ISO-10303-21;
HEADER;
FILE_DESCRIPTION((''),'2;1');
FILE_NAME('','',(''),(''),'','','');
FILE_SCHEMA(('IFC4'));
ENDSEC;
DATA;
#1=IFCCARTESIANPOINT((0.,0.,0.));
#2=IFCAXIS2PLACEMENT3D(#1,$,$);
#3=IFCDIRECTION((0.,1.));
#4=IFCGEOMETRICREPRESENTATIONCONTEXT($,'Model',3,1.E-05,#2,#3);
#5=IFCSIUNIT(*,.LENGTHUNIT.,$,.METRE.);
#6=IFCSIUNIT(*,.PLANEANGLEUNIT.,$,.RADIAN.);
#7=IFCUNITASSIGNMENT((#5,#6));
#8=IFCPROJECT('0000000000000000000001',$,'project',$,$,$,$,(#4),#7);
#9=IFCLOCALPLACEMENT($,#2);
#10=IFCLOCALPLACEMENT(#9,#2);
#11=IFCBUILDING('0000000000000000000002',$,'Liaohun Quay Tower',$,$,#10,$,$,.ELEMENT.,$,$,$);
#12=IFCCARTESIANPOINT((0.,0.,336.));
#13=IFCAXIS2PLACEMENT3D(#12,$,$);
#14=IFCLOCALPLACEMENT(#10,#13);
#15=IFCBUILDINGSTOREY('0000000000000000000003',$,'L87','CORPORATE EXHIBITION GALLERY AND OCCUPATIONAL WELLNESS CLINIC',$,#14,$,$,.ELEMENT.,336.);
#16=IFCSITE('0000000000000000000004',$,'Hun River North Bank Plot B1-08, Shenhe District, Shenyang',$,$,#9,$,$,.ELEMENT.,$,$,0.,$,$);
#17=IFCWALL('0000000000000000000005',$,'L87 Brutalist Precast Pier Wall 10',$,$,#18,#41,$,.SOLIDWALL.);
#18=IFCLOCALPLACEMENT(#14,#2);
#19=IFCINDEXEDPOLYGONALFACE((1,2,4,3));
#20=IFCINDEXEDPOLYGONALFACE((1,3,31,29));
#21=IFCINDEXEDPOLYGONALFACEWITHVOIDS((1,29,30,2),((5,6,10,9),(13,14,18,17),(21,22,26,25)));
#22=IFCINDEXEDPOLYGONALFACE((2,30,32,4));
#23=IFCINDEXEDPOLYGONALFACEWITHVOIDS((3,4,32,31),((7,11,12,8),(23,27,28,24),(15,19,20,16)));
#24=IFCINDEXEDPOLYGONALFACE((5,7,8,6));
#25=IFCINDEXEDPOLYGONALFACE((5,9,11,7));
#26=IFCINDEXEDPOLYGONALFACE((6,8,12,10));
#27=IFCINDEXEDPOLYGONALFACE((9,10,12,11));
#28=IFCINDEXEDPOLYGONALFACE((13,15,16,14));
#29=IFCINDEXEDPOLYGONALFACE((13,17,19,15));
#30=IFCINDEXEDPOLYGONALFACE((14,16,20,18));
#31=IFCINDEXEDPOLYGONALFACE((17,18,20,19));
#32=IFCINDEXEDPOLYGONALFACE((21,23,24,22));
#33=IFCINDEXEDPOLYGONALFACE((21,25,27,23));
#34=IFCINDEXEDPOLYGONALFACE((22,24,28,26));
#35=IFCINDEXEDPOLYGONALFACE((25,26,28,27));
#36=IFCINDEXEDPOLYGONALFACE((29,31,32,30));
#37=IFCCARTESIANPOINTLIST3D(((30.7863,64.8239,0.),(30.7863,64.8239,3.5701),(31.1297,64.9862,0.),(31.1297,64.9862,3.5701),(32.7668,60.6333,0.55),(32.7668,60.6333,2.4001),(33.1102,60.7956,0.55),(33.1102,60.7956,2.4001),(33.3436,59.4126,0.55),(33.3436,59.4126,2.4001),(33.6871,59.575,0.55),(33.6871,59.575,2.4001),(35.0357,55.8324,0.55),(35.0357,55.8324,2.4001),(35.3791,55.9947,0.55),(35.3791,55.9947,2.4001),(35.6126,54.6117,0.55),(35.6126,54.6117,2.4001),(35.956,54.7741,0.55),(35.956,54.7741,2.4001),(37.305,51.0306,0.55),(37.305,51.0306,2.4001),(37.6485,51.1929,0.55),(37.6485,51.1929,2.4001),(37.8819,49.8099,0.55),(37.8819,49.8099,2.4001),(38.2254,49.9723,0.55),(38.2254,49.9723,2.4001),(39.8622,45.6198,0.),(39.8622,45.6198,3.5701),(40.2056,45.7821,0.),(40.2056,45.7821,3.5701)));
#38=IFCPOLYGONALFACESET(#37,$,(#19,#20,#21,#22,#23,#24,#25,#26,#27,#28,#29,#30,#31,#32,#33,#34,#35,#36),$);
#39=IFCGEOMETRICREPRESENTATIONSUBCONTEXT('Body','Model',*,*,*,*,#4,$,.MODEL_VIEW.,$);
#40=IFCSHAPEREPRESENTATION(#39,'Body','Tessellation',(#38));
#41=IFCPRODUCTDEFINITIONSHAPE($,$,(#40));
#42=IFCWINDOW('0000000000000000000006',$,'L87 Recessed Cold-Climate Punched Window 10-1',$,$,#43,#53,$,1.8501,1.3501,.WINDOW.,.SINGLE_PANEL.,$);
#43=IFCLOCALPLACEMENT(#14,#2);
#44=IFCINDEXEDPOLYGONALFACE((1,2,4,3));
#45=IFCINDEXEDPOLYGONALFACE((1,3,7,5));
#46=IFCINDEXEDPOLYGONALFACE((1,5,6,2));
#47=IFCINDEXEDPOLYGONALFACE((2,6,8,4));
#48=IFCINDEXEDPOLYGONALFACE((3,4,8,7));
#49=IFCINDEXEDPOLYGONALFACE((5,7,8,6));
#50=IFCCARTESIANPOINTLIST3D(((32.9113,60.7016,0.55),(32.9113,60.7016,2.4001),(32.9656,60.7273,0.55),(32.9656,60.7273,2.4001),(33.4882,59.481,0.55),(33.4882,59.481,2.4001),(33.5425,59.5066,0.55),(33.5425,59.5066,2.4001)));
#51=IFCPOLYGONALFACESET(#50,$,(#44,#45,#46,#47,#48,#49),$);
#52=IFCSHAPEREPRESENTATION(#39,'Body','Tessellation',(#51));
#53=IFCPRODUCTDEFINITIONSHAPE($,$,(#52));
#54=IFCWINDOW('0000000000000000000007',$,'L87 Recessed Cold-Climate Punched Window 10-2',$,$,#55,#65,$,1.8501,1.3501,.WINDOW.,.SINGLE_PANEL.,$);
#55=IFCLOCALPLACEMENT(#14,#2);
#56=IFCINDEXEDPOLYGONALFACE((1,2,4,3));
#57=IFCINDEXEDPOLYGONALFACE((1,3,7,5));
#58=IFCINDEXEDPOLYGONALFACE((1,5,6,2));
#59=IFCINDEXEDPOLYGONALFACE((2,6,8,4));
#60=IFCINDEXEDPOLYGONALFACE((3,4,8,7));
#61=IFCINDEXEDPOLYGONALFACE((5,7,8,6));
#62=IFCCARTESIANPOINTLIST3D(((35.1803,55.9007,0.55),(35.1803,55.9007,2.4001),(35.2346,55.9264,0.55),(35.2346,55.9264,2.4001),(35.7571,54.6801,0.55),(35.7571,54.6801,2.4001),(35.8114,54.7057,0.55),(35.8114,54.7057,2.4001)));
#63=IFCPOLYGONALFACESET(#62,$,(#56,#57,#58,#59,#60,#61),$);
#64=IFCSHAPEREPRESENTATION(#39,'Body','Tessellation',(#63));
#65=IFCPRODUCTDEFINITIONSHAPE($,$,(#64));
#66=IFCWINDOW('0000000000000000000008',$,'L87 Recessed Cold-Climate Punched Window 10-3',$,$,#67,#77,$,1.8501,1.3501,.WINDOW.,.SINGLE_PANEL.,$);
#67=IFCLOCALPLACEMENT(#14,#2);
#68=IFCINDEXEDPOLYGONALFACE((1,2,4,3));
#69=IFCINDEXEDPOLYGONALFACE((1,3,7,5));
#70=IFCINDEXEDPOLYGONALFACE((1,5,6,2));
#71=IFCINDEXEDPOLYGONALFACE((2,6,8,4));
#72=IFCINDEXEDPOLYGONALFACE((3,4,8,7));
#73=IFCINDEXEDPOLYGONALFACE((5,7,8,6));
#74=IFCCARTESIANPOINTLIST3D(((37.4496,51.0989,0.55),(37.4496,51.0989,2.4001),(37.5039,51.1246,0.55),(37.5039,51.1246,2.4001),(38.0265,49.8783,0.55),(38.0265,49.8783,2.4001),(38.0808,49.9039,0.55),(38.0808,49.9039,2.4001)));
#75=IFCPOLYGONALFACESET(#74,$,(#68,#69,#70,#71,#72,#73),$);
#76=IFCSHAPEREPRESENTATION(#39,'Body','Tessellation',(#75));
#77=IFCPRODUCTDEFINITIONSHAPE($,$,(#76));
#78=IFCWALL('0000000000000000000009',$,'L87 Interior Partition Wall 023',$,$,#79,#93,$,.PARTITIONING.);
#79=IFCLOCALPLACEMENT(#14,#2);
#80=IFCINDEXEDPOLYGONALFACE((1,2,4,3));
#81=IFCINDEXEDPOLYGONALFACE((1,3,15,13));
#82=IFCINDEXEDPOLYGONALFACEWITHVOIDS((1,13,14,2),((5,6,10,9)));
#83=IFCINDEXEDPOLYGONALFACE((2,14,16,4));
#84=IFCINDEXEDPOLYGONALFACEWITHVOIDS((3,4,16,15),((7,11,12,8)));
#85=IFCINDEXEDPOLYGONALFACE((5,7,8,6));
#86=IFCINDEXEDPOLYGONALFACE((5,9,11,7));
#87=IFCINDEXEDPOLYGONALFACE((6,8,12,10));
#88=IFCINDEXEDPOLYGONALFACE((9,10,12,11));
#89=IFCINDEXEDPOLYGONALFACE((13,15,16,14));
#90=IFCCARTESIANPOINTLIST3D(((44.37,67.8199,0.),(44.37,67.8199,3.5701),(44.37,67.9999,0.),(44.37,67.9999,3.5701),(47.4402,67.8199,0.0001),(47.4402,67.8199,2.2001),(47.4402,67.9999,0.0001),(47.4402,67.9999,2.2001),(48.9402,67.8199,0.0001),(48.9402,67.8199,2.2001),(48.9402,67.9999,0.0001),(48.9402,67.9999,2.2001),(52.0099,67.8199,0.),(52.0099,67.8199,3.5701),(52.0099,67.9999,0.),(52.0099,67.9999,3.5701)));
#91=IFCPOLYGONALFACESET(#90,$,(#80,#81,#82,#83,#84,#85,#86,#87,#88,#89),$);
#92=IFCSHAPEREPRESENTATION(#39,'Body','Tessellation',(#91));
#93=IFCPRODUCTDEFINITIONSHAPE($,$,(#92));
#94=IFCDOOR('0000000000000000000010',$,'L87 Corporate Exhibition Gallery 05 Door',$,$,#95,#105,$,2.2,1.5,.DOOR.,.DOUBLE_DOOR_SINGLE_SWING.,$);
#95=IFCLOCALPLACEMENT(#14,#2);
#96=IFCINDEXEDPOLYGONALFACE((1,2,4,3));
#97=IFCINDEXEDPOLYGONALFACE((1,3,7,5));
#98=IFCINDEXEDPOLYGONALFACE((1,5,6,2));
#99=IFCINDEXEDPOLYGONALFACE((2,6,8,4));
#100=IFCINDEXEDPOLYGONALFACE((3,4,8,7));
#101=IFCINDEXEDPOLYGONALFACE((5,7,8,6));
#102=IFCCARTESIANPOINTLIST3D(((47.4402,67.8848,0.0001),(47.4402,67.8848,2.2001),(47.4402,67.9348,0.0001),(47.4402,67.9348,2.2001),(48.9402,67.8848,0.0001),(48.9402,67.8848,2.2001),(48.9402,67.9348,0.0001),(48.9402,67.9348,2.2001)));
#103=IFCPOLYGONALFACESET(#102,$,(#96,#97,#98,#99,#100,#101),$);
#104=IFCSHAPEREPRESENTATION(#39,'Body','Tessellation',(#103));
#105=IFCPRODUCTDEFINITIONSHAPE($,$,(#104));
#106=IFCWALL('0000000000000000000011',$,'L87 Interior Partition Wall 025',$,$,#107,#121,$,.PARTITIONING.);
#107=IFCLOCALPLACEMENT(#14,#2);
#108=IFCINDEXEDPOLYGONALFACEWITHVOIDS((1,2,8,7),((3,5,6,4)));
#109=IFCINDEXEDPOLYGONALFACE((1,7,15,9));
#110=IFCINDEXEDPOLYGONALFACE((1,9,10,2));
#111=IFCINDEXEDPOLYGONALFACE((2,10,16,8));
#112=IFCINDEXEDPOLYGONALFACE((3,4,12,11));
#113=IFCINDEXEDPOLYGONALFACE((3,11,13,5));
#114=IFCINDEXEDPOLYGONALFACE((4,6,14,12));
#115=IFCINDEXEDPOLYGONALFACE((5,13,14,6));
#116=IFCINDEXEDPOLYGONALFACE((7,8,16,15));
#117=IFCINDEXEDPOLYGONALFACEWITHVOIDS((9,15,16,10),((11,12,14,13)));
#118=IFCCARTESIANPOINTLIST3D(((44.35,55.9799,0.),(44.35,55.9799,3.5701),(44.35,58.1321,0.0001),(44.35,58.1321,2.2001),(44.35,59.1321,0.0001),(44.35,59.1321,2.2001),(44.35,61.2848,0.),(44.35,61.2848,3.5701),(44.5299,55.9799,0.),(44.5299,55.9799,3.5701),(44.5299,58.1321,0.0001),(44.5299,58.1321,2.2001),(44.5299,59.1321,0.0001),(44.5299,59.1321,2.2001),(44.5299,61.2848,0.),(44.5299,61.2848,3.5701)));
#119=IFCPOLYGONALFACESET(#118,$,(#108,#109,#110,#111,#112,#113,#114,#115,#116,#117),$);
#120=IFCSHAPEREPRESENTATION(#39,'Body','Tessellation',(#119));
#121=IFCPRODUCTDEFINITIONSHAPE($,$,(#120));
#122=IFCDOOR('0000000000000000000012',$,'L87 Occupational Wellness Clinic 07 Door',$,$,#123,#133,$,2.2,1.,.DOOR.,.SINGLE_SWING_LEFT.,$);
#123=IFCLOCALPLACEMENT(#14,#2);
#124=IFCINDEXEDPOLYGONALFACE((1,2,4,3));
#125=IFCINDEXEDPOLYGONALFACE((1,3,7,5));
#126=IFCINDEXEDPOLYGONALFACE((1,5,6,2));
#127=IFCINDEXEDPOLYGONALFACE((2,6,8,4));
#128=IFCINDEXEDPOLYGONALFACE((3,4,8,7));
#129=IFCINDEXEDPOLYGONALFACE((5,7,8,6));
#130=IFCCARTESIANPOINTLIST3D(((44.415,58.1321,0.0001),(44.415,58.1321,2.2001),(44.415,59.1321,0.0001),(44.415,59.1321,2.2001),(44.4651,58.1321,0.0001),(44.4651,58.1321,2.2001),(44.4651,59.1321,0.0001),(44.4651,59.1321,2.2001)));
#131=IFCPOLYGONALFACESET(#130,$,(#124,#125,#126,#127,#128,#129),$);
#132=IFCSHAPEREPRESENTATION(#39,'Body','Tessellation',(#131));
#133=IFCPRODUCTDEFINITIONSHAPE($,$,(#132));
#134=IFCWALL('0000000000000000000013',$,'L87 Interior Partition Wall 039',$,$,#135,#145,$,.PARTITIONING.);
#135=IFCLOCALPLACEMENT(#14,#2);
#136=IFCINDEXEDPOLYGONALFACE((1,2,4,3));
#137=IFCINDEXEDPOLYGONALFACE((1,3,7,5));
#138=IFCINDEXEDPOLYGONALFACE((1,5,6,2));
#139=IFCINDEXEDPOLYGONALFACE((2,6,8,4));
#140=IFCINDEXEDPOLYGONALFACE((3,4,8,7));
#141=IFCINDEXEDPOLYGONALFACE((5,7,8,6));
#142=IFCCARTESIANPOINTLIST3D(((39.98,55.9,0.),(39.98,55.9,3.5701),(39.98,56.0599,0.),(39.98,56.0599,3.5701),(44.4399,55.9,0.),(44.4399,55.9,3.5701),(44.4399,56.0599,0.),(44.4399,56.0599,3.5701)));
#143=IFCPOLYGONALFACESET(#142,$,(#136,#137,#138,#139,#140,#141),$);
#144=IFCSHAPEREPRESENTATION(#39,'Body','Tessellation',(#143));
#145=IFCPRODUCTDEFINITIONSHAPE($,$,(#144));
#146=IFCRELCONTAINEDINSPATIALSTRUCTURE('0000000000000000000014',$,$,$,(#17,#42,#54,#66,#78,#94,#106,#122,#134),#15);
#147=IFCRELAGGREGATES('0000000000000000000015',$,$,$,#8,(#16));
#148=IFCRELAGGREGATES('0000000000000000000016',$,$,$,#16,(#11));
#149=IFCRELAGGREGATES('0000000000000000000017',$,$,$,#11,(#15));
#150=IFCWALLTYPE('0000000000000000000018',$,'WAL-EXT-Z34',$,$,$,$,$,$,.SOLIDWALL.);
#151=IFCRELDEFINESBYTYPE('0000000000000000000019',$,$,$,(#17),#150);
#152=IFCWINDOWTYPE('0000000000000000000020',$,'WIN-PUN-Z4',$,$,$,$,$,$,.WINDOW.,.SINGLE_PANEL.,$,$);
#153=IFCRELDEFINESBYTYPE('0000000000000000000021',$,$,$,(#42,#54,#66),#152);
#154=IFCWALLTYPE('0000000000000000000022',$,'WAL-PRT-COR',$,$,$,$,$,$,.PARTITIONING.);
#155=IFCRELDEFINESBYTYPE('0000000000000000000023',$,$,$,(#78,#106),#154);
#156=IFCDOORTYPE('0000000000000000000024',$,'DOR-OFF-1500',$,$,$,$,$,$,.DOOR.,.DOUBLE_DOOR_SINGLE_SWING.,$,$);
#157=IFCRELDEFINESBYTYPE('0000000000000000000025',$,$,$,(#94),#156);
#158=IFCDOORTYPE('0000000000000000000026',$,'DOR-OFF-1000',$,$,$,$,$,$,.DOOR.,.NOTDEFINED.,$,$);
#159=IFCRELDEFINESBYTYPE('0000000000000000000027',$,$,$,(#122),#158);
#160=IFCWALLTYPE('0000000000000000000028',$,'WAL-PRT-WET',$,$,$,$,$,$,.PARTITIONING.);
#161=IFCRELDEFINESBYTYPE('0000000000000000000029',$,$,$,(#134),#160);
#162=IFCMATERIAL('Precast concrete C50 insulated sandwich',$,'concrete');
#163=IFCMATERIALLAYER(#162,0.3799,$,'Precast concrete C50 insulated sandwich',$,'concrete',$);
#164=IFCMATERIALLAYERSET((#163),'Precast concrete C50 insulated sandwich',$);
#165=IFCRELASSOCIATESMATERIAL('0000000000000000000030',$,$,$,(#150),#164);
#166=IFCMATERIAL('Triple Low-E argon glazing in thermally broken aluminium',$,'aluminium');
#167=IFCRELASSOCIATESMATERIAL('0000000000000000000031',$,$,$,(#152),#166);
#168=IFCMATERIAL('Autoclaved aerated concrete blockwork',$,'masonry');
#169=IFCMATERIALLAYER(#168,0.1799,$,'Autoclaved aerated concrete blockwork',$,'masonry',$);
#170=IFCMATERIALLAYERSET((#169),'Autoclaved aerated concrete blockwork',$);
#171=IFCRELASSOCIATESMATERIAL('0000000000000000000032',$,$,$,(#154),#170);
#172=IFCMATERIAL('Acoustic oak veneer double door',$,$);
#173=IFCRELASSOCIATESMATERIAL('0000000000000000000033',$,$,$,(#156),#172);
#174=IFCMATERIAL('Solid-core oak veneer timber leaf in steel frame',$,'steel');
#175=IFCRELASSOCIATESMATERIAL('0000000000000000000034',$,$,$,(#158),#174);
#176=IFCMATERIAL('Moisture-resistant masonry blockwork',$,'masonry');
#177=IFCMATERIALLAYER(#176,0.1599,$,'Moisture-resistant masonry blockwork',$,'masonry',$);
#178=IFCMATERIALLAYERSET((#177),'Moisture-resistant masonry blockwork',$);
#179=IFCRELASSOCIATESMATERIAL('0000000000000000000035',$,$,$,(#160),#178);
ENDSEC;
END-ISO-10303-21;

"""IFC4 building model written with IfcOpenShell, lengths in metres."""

from ifc_helpers import new_model, si_unit, direction, frame, frame_2d, origin, place, context, subcontext, project, spatial, rectangle, extrude, source, transform, mapped, material, layer, layer_set, type_object, element, fill, save


model = new_model("IFC4")

# Units and contexts
model_context = context("Model", 3, precision=1e-05, world=origin(), true_north=direction((0.0, 1.0)))
body_context = subcontext(model_context, "Body", "Model", "MODEL_VIEW")
ifc_project = project(units=[si_unit("LENGTHUNIT", "METRE"), si_unit("PLANEANGLEUNIT", "RADIAN")], contexts=[model_context])

# Site, building, storey
site_placement = place(None, origin())
site = spatial("IfcSite", under=ifc_project, at=site_placement, Name="Hun River North Bank Plot B1-08, Shenhe District, Shenyang", CompositionType="ELEMENT", RefElevation=0.0)
building_placement = place(site_placement, origin())
building = spatial("IfcBuilding", under=site, at=building_placement, Name="Liaohun Quay Tower", CompositionType="ELEMENT")
storey_placement = place(building_placement, frame((0.0, 0.0, 336.0)))
storey = spatial("IfcBuildingStorey", under=building, at=storey_placement, Name="L87", Description="CORPORATE EXHIBITION GALLERY AND OCCUPATIONAL WELLNESS CLINIC", CompositionType="ELEMENT", Elevation=336.0)

# Shared definitions
ifc_material_1 = material(Name="Precast concrete C50 insulated sandwich", Category="concrete")
ifc_layer_1 = layer(ifc_material_1, 0.3799, Name="Precast concrete C50 insulated sandwich", Category="concrete")
ifc_layer_set_1 = layer_set([ifc_layer_1], Name="Precast concrete C50 insulated sandwich")
wall_type_1 = type_object("IfcWallType", Name="WAL-EXT-Z34", PredefinedType="SOLIDWALL", material=ifc_layer_set_1)

# Wall, openings, windows
wall_1_placement = place(storey_placement, frame((30.958, 64.905, 0.0), z_axis=(0.0, 0.0, 1.0), x_axis=(0.427288, -0.904115, 0.0)))
wall_1 = element("IfcWall", 1, at=wall_1_placement, inside=storey, type_object=wall_type_1, Name="L87 Brutalist Precast Pier Wall 10", PredefinedType="SOLIDWALL", context=body_context, shape_type="SweptSolid", body=[
    extrude(rectangle(XDim=21.2407, YDim=0.3799, at=frame_2d((10.6204, 0.0))), origin(), (0.0, 0.0, 1.0), 3.5701),
])
shared_shape_1 = source(origin(), body_context, "Body", "SweptSolid", [
    extrude(rectangle(XDim=1.3501, YDim=1.8501, at=frame_2d((0.675, 0.925))), frame((0.0, 0.2, 0.0), z_axis=(0.0, -1.0, 0.0), x_axis=(1.0, 0.0, 0.0)), (0.0, 0.0, 1.0), 0.3999),
])
opening_1_placement = place(wall_1_placement, frame((4.635, 0.0, 0.55)))
opening_1 = element("IfcOpeningElement", 2, at=opening_1_placement, cuts=wall_1, PredefinedType="OPENING", context=body_context, shape_type="MappedRepresentation", body=[
    mapped(shared_shape_1, transform((0.0, 0.0, 0.0), x_axis=(1.0, 0.0, 0.0), y_axis=(0.0, 1.0, 0.0), z_axis=(0.0, 0.0, 1.0), scale=1.0)),
])
opening_2_placement = place(wall_1_placement, frame((9.9451, 0.0, 0.55)))
opening_2 = element("IfcOpeningElement", 3, at=opening_2_placement, cuts=wall_1, PredefinedType="OPENING", context=body_context, shape_type="MappedRepresentation", body=[
    mapped(shared_shape_1, transform((0.0, 0.0, 0.0), x_axis=(1.0, 0.0, 0.0), y_axis=(0.0, 1.0, 0.0), z_axis=(0.0, 0.0, 1.0), scale=1.0)),
])
opening_3_placement = place(wall_1_placement, frame((15.2561, 0.0, 0.55)))
opening_3 = element("IfcOpeningElement", 4, at=opening_3_placement, cuts=wall_1, PredefinedType="OPENING", context=body_context, shape_type="MappedRepresentation", body=[
    mapped(shared_shape_1, transform((0.0, 0.0, 0.0), x_axis=(1.0, 0.0, 0.0), y_axis=(0.0, 1.0, 0.0), z_axis=(0.0, 0.0, 1.0), scale=1.0)),
])
ifc_material_2 = material(Name="Triple Low-E argon glazing in thermally broken aluminium", Category="aluminium")
window_type_1 = type_object("IfcWindowType", Name="WIN-PUN-Z4", PartitioningType="SINGLE_PANEL", PredefinedType="WINDOW", material=ifc_material_2)
shared_shape_2 = source(origin(), body_context, "Body", "SweptSolid", [
    extrude(rectangle(XDim=1.3501, YDim=1.8501, at=frame_2d((0.675, 0.925))), frame((0.0, 0.03, 0.0), z_axis=(0.0, -1.0, 0.0), x_axis=(1.0, 0.0, 0.0)), (0.0, 0.0, 1.0), 0.0601),
])
window_1_placement = place(opening_1_placement, origin())
window_1 = element("IfcWindow", 5, at=window_1_placement, inside=storey, type_object=window_type_1, Name="L87 Recessed Cold-Climate Punched Window 10-1", OverallHeight=1.8501, OverallWidth=1.3501, PartitioningType="SINGLE_PANEL", PredefinedType="WINDOW", context=body_context, shape_type="MappedRepresentation", body=[
    mapped(shared_shape_2, transform((0.0, 0.0, 0.0), x_axis=(1.0, 0.0, 0.0), y_axis=(0.0, 1.0, 0.0), z_axis=(0.0, 0.0, 1.0), scale=1.0)),
])
fill(opening_1, window_1)
window_2_placement = place(opening_2_placement, origin())
window_2 = element("IfcWindow", 6, at=window_2_placement, inside=storey, type_object=window_type_1, Name="L87 Recessed Cold-Climate Punched Window 10-2", OverallHeight=1.8501, OverallWidth=1.3501, PartitioningType="SINGLE_PANEL", PredefinedType="WINDOW", context=body_context, shape_type="MappedRepresentation", body=[
    mapped(shared_shape_2, transform((0.0, 0.0, 0.0), x_axis=(1.0, 0.0, 0.0), y_axis=(0.0, 1.0, 0.0), z_axis=(0.0, 0.0, 1.0), scale=1.0)),
])
fill(opening_2, window_2)
window_3_placement = place(opening_3_placement, origin())
window_3 = element("IfcWindow", 7, at=window_3_placement, inside=storey, type_object=window_type_1, Name="L87 Recessed Cold-Climate Punched Window 10-3", OverallHeight=1.8501, OverallWidth=1.3501, PartitioningType="SINGLE_PANEL", PredefinedType="WINDOW", context=body_context, shape_type="MappedRepresentation", body=[
    mapped(shared_shape_2, transform((0.0, 0.0, 0.0), x_axis=(1.0, 0.0, 0.0), y_axis=(0.0, 1.0, 0.0), z_axis=(0.0, 0.0, 1.0), scale=1.0)),
])
fill(opening_3, window_3)

# Walls, openings, doors
ifc_material_3 = material(Name="Autoclaved aerated concrete blockwork", Category="masonry")
ifc_layer_2 = layer(ifc_material_3, 0.1799, Name="Autoclaved aerated concrete blockwork", Category="masonry")
ifc_layer_set_2 = layer_set([ifc_layer_2], Name="Autoclaved aerated concrete blockwork")
wall_type_2 = type_object("IfcWallType", Name="WAL-PRT-COR", PredefinedType="PARTITIONING", material=ifc_layer_set_2)
wall_2_placement = place(storey_placement, frame((44.3701, 67.9099, 0.0), z_axis=(0.0, 0.0, 1.0), x_axis=(1.0, 0.0, 0.0)))
wall_2 = element("IfcWall", 8, at=wall_2_placement, inside=storey, type_object=wall_type_2, Name="L87 Interior Partition Wall 023", PredefinedType="PARTITIONING", context=body_context, shape_type="SweptSolid", body=[
    extrude(rectangle(XDim=7.6399, YDim=0.1799, at=frame_2d((3.8198, 0.0))), origin(), (0.0, 0.0, 1.0), 3.5701),
])
shared_shape_3 = source(origin(), body_context, "Body", "SweptSolid", [
    extrude(rectangle(XDim=1.5, YDim=2.2, at=frame_2d((0.75, 1.1001))), frame((0.0, 0.0999, 0.0), z_axis=(0.0, -1.0, 0.0), x_axis=(1.0, 0.0, 0.0)), (0.0, 0.0, 1.0), 0.2),
])
opening_4_placement = place(wall_2_placement, frame((3.0701, 0.0, 0.0)))
opening_4 = element("IfcOpeningElement", 9, at=opening_4_placement, cuts=wall_2, PredefinedType="OPENING", context=body_context, shape_type="MappedRepresentation", body=[
    mapped(shared_shape_3, transform((0.0, 0.0, 0.0), x_axis=(1.0, 0.0, 0.0), y_axis=(0.0, 1.0, 0.0), z_axis=(0.0, 0.0, 1.0), scale=1.0)),
])
ifc_material_4 = material(Name="Acoustic oak veneer double door")
door_type_1 = type_object("IfcDoorType", Name="DOR-OFF-1500", OperationType="DOUBLE_DOOR_SINGLE_SWING", PredefinedType="DOOR", material=ifc_material_4)
shared_shape_4 = source(origin(), body_context, "Body", "SweptSolid", [
    extrude(rectangle(XDim=1.5, YDim=2.2, at=frame_2d((0.75, 1.1001))), frame((0.0, 0.0249, 0.0), z_axis=(0.0, -1.0, 0.0), x_axis=(1.0, 0.0, 0.0)), (0.0, 0.0, 1.0), 0.05),
])
door_1_placement = place(opening_4_placement, origin())
door_1 = element("IfcDoor", 10, at=door_1_placement, inside=storey, type_object=door_type_1, Name="L87 Corporate Exhibition Gallery 05 Door", OperationType="DOUBLE_DOOR_SINGLE_SWING", OverallHeight=2.2, OverallWidth=1.5, PredefinedType="DOOR", context=body_context, shape_type="MappedRepresentation", body=[
    mapped(shared_shape_4, transform((0.0, 0.0, 0.0), x_axis=(1.0, 0.0, 0.0), y_axis=(0.0, 1.0, 0.0), z_axis=(0.0, 0.0, 1.0), scale=1.0)),
])
fill(opening_4, door_1)
wall_3_placement = place(storey_placement, frame((44.4399, 55.98, 0.0), z_axis=(0.0, 0.0, 1.0), x_axis=(0.0, 1.0, 0.0)))
wall_3 = element("IfcWall", 11, at=wall_3_placement, inside=storey, type_object=wall_type_2, Name="L87 Interior Partition Wall 025", PredefinedType="PARTITIONING", context=body_context, shape_type="SweptSolid", body=[
    extrude(rectangle(XDim=5.3049, YDim=0.1799, at=frame_2d((2.6523, 0.0))), origin(), (0.0, 0.0, 1.0), 3.5701),
])
shared_shape_5 = source(origin(), body_context, "Body", "SweptSolid", [
    extrude(rectangle(XDim=1.0, YDim=2.2, at=frame_2d((0.5, 1.1001))), frame((0.0, 0.0999, 0.0), z_axis=(0.0, -1.0, 0.0), x_axis=(1.0, 0.0, 0.0)), (0.0, 0.0, 1.0), 0.2),
])
opening_5_placement = place(wall_3_placement, frame((2.1521, 0.0, 0.0)))
opening_5 = element("IfcOpeningElement", 12, at=opening_5_placement, cuts=wall_3, PredefinedType="OPENING", context=body_context, shape_type="MappedRepresentation", body=[
    mapped(shared_shape_5, transform((0.0, 0.0, 0.0), x_axis=(1.0, 0.0, 0.0), y_axis=(0.0, 1.0, 0.0), z_axis=(0.0, 0.0, 1.0), scale=1.0)),
])
ifc_material_5 = material(Name="Solid-core oak veneer timber leaf in steel frame", Category="steel")
door_type_2 = type_object("IfcDoorType", Name="DOR-OFF-1000", OperationType="NOTDEFINED", PredefinedType="DOOR", material=ifc_material_5)
shared_shape_6 = source(origin(), body_context, "Body", "SweptSolid", [
    extrude(rectangle(XDim=1.0, YDim=2.2, at=frame_2d((0.5, 1.1001))), frame((0.0, 0.0249, 0.0), z_axis=(0.0, -1.0, 0.0), x_axis=(1.0, 0.0, 0.0)), (0.0, 0.0, 1.0), 0.05),
])
door_2_placement = place(opening_5_placement, origin())
door_2 = element("IfcDoor", 13, at=door_2_placement, inside=storey, type_object=door_type_2, Name="L87 Occupational Wellness Clinic 07 Door", OperationType="SINGLE_SWING_LEFT", OverallHeight=2.2, OverallWidth=1.0, PredefinedType="DOOR", context=body_context, shape_type="MappedRepresentation", body=[
    mapped(shared_shape_6, transform((0.0, 0.0, 0.0), x_axis=(1.0, 0.0, 0.0), y_axis=(0.0, 1.0, 0.0), z_axis=(0.0, 0.0, 1.0), scale=1.0)),
])
fill(opening_5, door_2)

# Wall
ifc_material_6 = material(Name="Moisture-resistant masonry blockwork", Category="masonry")
ifc_layer_3 = layer(ifc_material_6, 0.1599, Name="Moisture-resistant masonry blockwork", Category="masonry")
ifc_layer_set_3 = layer_set([ifc_layer_3], Name="Moisture-resistant masonry blockwork")
wall_type_3 = type_object("IfcWallType", Name="WAL-PRT-WET", PredefinedType="PARTITIONING", material=ifc_layer_set_3)
wall_4_placement = place(storey_placement, frame((39.98, 55.98, 0.0), z_axis=(0.0, 0.0, 1.0), x_axis=(1.0, 0.0, 0.0)))
element("IfcWall", 14, at=wall_4_placement, inside=storey, type_object=wall_type_3, Name="L87 Interior Partition Wall 039", PredefinedType="PARTITIONING", context=body_context, shape_type="SweptSolid", body=[
    extrude(rectangle(XDim=4.46, YDim=0.1599, at=frame_2d((2.23, 0.0))), origin(), (0.0, 0.0, 1.0), 3.5701),
])

save(model, "model.ifc")
